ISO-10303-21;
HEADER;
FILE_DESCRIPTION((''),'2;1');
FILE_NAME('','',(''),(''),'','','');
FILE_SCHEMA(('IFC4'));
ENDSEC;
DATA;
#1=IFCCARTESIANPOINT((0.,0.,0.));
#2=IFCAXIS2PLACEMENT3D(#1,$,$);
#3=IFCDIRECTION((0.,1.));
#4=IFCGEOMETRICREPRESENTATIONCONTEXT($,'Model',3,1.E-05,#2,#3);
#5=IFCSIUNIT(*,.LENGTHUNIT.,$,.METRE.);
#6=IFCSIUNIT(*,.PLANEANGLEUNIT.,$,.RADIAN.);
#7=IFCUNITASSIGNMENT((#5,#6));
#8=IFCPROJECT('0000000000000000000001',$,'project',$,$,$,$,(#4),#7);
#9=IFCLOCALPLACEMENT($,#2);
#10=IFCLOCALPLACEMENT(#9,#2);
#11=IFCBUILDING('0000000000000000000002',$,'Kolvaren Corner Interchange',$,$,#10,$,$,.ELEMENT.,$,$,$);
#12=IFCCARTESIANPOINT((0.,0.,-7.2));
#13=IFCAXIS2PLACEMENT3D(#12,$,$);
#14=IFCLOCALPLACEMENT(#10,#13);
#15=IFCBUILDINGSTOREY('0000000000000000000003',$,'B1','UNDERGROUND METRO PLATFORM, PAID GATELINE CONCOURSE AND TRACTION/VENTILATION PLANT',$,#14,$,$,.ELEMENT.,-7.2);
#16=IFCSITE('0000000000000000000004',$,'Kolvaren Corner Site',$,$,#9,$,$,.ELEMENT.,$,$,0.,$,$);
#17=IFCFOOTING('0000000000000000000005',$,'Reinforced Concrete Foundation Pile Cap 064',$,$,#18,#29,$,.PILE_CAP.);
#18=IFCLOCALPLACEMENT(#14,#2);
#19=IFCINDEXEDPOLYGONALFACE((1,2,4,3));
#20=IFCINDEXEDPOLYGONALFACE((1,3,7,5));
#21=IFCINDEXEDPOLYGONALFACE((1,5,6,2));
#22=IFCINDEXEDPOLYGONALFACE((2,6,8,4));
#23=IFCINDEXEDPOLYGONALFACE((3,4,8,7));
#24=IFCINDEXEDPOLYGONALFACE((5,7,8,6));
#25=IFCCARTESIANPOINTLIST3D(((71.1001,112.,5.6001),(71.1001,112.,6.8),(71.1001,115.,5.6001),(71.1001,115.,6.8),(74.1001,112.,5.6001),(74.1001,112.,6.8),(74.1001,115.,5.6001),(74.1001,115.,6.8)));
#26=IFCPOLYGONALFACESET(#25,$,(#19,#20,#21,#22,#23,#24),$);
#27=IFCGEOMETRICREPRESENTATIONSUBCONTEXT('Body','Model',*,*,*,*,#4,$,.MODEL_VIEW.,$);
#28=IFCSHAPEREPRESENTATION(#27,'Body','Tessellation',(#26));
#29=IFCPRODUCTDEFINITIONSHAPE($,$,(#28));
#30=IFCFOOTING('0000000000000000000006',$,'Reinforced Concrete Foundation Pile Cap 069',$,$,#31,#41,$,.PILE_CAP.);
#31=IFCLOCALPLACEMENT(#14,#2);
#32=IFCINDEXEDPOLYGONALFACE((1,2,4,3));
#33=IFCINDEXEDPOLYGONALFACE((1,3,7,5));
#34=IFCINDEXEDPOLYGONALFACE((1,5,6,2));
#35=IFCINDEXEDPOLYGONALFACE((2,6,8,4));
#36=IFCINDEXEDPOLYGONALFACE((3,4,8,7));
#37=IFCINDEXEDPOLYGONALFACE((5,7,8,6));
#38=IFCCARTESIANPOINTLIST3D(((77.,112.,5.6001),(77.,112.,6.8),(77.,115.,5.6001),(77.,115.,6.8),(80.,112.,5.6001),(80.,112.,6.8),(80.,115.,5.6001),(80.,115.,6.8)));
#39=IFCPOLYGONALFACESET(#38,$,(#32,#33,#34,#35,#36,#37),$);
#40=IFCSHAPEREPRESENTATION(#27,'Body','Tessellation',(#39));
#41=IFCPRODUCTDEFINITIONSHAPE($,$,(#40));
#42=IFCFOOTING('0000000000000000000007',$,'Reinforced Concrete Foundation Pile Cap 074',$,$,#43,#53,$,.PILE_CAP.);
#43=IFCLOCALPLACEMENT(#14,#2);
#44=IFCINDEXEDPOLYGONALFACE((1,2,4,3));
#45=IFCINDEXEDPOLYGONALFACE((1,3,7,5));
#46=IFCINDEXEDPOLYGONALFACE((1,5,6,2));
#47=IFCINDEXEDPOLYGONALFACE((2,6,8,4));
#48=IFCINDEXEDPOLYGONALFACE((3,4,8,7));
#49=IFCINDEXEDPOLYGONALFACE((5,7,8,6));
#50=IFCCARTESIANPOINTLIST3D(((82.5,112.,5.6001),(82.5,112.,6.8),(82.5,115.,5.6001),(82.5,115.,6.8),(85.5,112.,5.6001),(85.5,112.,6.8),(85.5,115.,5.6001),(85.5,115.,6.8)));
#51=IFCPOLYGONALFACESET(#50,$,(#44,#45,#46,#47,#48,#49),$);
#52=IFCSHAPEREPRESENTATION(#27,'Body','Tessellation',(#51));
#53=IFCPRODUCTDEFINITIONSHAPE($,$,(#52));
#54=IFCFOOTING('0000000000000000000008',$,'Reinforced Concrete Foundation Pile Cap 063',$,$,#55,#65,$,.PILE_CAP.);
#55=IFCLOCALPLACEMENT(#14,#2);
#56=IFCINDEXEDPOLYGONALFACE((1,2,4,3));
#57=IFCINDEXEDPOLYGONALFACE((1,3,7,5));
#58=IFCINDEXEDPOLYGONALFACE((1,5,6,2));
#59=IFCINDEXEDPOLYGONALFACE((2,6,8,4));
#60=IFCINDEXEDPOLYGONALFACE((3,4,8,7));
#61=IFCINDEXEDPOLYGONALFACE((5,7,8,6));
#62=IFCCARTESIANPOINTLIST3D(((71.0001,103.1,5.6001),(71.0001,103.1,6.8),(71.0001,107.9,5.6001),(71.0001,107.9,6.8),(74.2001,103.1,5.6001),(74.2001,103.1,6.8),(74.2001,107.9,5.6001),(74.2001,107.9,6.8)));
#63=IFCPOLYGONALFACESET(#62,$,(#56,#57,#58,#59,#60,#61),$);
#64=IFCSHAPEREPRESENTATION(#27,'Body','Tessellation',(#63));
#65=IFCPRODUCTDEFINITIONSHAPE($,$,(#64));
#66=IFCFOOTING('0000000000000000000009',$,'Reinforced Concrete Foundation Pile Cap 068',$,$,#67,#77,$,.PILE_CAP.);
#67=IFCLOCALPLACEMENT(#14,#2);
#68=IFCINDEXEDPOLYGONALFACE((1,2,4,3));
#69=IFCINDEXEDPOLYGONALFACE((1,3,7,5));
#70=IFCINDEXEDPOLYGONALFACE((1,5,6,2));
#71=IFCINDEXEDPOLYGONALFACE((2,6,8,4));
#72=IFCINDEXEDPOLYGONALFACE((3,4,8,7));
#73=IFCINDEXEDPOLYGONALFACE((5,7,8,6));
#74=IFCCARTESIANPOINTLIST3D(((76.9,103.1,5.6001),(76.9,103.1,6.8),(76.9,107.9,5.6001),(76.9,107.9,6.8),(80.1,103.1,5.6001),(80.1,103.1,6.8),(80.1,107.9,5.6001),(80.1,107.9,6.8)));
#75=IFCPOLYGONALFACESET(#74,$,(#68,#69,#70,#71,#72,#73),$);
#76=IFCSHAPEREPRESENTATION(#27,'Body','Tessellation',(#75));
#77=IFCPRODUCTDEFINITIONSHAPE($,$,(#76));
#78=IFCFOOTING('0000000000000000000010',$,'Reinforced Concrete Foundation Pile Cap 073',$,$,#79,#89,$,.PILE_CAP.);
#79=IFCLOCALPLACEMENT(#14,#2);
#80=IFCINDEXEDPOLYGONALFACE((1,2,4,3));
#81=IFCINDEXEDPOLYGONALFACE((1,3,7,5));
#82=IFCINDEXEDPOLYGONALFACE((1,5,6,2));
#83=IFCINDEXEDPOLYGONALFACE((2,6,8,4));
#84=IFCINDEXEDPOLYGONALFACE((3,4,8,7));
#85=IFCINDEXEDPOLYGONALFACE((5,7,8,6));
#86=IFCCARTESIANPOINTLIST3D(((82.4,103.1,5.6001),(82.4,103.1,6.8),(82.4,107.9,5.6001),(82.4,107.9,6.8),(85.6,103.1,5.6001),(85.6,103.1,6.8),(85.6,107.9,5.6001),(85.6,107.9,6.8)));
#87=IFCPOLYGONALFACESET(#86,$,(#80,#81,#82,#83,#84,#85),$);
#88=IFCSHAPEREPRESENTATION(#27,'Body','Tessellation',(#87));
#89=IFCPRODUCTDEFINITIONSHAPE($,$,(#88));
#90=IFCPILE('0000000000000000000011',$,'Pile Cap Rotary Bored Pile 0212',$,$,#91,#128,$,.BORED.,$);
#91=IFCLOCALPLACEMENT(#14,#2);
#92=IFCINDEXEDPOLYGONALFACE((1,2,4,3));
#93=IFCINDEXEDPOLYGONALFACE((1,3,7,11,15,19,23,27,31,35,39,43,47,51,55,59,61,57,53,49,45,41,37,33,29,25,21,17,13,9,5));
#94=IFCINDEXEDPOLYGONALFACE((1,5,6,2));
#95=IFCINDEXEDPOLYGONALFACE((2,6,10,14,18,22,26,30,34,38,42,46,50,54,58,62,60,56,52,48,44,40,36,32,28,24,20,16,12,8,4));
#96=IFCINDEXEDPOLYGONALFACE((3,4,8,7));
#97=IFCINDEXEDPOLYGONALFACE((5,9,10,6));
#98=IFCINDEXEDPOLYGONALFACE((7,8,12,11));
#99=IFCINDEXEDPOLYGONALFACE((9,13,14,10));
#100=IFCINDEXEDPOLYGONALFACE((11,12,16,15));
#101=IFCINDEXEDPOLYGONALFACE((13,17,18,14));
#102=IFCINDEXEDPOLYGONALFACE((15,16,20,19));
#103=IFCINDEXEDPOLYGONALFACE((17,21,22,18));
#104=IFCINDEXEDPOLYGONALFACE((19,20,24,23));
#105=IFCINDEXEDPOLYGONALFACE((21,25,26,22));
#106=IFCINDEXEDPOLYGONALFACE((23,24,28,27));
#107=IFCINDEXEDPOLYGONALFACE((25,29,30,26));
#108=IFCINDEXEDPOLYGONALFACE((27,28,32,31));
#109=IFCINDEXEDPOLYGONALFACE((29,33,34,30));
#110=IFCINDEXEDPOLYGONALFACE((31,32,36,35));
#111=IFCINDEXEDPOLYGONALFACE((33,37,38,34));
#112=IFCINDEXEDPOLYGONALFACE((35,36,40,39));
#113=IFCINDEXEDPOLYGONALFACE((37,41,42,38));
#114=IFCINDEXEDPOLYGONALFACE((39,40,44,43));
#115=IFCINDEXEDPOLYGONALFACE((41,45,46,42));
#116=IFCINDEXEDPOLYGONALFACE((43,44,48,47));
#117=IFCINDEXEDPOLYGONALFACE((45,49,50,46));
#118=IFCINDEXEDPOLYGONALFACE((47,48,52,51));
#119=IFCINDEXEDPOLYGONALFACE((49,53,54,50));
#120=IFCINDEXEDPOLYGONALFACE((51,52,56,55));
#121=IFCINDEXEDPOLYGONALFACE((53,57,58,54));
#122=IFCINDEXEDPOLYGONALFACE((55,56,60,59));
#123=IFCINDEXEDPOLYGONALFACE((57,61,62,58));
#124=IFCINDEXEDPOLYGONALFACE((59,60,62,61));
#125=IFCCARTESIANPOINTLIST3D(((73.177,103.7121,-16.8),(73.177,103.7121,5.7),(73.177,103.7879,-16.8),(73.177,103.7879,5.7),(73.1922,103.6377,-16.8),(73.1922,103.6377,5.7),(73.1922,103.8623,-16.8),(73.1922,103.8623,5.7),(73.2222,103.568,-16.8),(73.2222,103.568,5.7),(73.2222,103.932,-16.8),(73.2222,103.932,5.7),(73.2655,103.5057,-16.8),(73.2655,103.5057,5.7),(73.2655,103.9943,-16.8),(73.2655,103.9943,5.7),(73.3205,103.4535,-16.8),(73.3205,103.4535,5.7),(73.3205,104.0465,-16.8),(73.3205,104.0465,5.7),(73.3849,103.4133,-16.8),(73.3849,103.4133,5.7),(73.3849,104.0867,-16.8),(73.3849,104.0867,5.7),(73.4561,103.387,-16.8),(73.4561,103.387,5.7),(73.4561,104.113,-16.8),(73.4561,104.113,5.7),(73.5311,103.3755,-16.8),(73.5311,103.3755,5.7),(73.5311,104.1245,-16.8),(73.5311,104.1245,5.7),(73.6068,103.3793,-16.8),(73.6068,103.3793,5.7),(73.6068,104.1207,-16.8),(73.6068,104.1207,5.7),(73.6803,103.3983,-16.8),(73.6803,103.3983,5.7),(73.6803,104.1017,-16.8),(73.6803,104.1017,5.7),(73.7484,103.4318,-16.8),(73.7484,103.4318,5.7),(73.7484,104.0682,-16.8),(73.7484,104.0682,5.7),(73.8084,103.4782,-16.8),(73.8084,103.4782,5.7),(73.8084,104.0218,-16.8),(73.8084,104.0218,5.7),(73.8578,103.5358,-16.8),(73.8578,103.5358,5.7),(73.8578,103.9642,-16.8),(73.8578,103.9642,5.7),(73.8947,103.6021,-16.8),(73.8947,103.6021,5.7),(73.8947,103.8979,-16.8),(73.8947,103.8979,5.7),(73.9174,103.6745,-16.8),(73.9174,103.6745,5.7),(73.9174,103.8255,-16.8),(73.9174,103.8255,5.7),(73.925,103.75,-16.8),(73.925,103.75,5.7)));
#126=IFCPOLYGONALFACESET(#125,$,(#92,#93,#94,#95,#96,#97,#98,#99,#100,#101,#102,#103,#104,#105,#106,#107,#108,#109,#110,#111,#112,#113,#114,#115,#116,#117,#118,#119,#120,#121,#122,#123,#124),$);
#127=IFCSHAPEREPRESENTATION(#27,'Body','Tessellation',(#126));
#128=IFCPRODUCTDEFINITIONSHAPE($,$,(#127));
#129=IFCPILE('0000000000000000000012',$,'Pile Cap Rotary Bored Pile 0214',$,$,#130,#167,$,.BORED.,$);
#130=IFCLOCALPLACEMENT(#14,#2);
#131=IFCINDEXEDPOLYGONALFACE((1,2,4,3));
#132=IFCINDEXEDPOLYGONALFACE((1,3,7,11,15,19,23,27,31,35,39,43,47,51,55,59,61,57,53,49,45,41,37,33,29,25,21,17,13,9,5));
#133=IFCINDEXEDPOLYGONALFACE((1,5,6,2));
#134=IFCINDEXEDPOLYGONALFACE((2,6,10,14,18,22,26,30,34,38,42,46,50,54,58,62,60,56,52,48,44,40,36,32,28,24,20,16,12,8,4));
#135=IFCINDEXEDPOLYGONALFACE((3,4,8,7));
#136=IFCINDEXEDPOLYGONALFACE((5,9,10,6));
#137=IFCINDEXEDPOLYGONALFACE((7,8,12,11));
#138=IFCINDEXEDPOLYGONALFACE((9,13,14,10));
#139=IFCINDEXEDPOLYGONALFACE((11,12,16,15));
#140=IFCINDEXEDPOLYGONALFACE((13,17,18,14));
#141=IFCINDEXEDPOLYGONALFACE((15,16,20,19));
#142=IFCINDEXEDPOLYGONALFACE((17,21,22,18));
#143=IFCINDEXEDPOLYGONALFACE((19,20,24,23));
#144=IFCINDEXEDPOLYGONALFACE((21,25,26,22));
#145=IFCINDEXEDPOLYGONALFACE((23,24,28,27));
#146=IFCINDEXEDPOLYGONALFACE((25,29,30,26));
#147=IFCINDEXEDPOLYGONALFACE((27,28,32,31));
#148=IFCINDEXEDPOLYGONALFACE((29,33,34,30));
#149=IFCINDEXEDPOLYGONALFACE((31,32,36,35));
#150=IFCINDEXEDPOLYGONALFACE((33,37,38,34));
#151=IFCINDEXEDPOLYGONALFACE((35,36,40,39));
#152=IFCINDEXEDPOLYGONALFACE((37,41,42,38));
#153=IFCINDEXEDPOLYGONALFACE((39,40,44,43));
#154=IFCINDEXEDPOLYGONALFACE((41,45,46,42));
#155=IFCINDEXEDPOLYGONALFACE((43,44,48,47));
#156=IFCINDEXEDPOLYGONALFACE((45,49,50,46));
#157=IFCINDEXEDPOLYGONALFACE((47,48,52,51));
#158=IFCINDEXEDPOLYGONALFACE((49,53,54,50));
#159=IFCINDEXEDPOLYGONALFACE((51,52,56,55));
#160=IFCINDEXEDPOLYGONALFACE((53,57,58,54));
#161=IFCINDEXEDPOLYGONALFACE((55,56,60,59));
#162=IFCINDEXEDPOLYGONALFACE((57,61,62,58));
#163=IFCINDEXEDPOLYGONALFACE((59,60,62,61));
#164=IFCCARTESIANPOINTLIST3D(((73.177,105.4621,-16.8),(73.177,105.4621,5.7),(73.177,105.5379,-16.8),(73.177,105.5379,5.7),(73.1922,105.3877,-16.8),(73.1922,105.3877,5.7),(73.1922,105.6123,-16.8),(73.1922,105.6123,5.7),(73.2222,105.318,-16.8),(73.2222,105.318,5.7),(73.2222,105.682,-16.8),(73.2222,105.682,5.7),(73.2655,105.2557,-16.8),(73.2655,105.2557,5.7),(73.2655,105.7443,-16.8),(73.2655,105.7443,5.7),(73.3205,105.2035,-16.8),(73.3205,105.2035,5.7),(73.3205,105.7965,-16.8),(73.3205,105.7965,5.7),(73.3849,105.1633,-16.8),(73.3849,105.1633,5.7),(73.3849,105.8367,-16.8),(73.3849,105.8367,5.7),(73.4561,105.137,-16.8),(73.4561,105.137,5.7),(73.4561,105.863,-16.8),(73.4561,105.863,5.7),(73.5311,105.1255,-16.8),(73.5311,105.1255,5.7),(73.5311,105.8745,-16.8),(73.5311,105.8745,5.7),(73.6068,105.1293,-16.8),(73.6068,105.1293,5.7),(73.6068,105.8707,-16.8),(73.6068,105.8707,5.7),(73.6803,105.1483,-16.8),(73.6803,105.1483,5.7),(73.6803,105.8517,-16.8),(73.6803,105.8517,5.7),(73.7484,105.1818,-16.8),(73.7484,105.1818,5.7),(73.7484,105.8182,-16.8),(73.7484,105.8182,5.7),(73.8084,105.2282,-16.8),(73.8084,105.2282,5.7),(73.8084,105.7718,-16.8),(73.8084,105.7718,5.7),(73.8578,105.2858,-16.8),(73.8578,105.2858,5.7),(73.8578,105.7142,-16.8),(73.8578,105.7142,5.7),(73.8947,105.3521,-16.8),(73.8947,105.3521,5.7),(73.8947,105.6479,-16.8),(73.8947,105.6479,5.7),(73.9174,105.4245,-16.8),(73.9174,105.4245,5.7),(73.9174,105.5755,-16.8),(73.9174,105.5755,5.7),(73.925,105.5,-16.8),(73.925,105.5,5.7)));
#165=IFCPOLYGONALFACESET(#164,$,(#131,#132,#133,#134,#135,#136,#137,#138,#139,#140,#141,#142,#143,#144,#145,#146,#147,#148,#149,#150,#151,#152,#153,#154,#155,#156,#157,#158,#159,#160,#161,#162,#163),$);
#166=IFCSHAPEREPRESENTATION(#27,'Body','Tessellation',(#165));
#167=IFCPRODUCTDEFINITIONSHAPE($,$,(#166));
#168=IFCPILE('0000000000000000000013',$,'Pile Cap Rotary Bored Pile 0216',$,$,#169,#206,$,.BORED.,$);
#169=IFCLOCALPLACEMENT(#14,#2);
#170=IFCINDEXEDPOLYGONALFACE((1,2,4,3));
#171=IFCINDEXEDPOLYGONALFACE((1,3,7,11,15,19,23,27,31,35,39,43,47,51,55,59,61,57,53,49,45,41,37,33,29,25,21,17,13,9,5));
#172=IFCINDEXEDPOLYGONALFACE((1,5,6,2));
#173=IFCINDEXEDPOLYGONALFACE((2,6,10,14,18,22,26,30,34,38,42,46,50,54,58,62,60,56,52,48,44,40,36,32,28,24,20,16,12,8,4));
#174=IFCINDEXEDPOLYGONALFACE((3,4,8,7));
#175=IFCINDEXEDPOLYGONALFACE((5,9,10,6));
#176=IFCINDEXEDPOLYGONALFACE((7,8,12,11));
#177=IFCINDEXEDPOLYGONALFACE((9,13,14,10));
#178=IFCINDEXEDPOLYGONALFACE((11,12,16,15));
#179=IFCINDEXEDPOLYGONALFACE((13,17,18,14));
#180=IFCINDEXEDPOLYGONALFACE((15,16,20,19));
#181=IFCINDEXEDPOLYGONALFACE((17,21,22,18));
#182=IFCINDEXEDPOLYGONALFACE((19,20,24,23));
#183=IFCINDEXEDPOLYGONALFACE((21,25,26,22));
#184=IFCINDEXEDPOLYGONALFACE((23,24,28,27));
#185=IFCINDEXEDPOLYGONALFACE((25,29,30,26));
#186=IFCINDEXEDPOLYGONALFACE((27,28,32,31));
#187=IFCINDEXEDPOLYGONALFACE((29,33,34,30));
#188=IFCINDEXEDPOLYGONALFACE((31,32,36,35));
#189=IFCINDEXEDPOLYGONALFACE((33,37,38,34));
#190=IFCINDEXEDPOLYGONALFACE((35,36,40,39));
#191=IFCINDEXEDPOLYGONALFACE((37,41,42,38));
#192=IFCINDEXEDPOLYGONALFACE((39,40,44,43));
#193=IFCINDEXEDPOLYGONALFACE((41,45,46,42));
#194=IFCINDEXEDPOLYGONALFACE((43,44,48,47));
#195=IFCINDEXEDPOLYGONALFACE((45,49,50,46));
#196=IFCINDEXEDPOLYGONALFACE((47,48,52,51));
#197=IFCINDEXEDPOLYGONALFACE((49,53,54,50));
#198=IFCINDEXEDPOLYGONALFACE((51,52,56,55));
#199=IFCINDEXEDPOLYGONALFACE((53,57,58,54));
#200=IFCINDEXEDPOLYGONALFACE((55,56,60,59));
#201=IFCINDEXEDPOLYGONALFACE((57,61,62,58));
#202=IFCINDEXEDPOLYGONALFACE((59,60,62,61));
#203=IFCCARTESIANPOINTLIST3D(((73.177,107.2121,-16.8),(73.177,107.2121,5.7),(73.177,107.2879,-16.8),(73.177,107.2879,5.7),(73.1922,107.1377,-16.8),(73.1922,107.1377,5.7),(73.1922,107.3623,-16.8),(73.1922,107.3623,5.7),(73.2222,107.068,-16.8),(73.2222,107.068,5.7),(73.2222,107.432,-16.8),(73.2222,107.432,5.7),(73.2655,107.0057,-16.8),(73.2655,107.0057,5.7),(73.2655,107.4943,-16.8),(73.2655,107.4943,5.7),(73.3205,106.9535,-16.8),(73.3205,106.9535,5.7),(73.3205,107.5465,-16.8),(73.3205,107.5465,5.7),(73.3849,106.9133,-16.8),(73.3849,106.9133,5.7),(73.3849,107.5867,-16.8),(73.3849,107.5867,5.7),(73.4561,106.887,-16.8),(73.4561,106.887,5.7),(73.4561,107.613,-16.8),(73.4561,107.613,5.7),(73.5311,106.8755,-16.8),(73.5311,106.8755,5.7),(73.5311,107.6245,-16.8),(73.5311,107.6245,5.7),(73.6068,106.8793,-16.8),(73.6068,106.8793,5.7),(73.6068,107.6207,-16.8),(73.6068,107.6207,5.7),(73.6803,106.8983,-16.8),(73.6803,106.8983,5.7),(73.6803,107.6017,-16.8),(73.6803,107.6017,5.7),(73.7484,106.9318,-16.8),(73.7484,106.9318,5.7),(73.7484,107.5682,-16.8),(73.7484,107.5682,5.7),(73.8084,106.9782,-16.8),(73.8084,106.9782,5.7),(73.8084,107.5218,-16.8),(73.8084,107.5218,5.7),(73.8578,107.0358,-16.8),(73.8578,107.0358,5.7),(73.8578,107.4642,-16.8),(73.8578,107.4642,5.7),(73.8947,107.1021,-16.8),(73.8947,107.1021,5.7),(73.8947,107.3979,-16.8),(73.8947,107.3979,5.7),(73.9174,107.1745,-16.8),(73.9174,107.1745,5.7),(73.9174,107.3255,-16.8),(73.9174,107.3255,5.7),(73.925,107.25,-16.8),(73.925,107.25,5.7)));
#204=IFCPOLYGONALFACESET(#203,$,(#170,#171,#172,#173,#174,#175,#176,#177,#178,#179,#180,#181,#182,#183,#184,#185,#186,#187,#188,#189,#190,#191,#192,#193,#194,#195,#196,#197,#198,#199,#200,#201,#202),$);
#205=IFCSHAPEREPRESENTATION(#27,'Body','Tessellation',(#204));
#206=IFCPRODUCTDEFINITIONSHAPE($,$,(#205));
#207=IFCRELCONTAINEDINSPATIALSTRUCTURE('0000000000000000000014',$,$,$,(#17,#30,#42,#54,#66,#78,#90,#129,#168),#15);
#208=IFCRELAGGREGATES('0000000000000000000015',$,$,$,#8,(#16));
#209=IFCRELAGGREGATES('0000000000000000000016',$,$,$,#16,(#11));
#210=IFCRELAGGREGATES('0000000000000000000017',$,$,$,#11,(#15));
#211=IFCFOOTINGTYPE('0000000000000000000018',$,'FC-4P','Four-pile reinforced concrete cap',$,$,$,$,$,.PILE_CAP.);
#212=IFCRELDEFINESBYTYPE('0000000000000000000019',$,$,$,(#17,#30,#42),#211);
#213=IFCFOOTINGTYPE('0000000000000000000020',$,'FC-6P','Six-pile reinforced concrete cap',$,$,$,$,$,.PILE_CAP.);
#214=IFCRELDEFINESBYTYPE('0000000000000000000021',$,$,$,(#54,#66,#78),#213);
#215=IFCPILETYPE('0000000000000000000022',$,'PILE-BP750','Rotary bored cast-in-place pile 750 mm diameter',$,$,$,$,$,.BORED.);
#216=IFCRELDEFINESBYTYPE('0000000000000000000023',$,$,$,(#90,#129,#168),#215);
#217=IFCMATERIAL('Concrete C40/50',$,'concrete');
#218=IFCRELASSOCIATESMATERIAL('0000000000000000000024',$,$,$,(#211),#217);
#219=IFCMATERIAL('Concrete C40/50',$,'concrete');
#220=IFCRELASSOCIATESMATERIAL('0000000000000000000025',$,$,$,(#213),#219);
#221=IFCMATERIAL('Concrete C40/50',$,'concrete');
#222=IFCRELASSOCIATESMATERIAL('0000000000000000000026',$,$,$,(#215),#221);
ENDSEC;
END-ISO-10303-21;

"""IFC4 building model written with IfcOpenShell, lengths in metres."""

from ifc_helpers import new_model, si_unit, direction, frame, origin, origin_2d, place, context, subcontext, project, spatial, rectangle, circle, extrude, material, material_profile, profile_set, type_object, element, save


model = new_model("IFC4")

# Units and contexts
model_context = context("Model", 3, precision=1e-05, world=origin(), true_north=direction((0.0, 1.0)))
body_context = subcontext(model_context, "Body", "Model", "MODEL_VIEW")
ifc_project = project(units=[si_unit("LENGTHUNIT", "METRE"), si_unit("PLANEANGLEUNIT", "RADIAN")], contexts=[model_context])

# Site, building, storey
site_placement = place(None, origin())
site = spatial("IfcSite", under=ifc_project, at=site_placement, Name="Kolvaren Corner Site", CompositionType="ELEMENT", RefElevation=0.0)
building_placement = place(site_placement, origin())
building = spatial("IfcBuilding", under=site, at=building_placement, Name="Kolvaren Corner Interchange", CompositionType="ELEMENT")
storey_placement = place(building_placement, frame((0.0, 0.0, -7.2)))
storey = spatial("IfcBuildingStorey", under=building, at=storey_placement, Name="B1", Description="UNDERGROUND METRO PLATFORM, PAID GATELINE CONCOURSE AND TRACTION/VENTILATION PLANT", CompositionType="ELEMENT", Elevation=-7.2)

# Footings
ifc_material_1 = material(Name="Concrete C40/50", Category="concrete")
footing_type_1 = type_object("IfcFootingType", Name="FC-4P", Description="Four-pile reinforced concrete cap", PredefinedType="PILE_CAP", material=ifc_material_1)
for number, where, z_axis, x_axis, name in (
    (1, (72.6001, 113.5, 5.6001), (0.0, 0.0, 1.0), (1.0, 0.0, 0.0), "Reinforced Concrete Foundation Pile Cap 064"),
    (2, (78.5, 113.5, 5.6001), (0.0, 0.0, 1.0), (1.0, 0.0, 0.0), "Reinforced Concrete Foundation Pile Cap 069"),
    (3, (84.0, 113.5, 5.6001), (0.0, 0.0, 1.0), (1.0, 0.0, 0.0), "Reinforced Concrete Foundation Pile Cap 074"),
):
    element("IfcFooting", number, at=place(storey_placement, frame(where, z_axis=z_axis, x_axis=x_axis)), inside=storey, type_object=footing_type_1, Name=name, PredefinedType="PILE_CAP", context=body_context, shape_type="SweptSolid", body=[
        extrude(rectangle(XDim=3.0, YDim=3.0, at=origin_2d()), origin(), (0.0, 0.0, 1.0), 1.2),
    ])
ifc_material_2 = material(Name="Concrete C40/50", Category="concrete")
footing_type_2 = type_object("IfcFootingType", Name="FC-6P", Description="Six-pile reinforced concrete cap", PredefinedType="PILE_CAP", material=ifc_material_2)
for number, where, z_axis, x_axis, name in (
    (4, (72.6001, 105.5, 5.6001), (0.0, 0.0, 1.0), (1.0, 0.0, 0.0), "Reinforced Concrete Foundation Pile Cap 063"),
    (5, (78.5, 105.5, 5.6001), (0.0, 0.0, 1.0), (1.0, 0.0, 0.0), "Reinforced Concrete Foundation Pile Cap 068"),
    (6, (84.0, 105.5, 5.6001), (0.0, 0.0, 1.0), (1.0, 0.0, 0.0), "Reinforced Concrete Foundation Pile Cap 073"),
):
    element("IfcFooting", number, at=place(storey_placement, frame(where, z_axis=z_axis, x_axis=x_axis)), inside=storey, type_object=footing_type_2, Name=name, PredefinedType="PILE_CAP", context=body_context, shape_type="SweptSolid", body=[
        extrude(rectangle(XDim=3.2, YDim=4.8, at=origin_2d()), origin(), (0.0, 0.0, 1.0), 1.2),
    ])

# Piles
ifc_material_3 = material(Name="Concrete C40/50", Category="concrete")
ifc_material_profile = material_profile(ifc_material_3, circle(Radius=0.375, at=origin_2d()), Name="BORED PILE 750")
ifc_profile_set = profile_set([ifc_material_profile], Name="Concrete C40/50")
pile_type = type_object("IfcPileType", Name="PILE-BP750", Description="Rotary bored cast-in-place pile 750 mm diameter", PredefinedType="BORED", material=ifc_profile_set)
for number, where, z_axis, x_axis, name in (
    (7, (73.55, 103.75, 5.7), (0.0, 0.0, -1.0), (1.0, 0.0, 0.0), "Pile Cap Rotary Bored Pile 0212"),
    (8, (73.55, 105.5, 5.7), (0.0, 0.0, -1.0), (1.0, 0.0, 0.0), "Pile Cap Rotary Bored Pile 0214"),
    (9, (73.55, 107.25, 5.7), (0.0, 0.0, -1.0), (1.0, 0.0, 0.0), "Pile Cap Rotary Bored Pile 0216"),
):
    element("IfcPile", number, at=place(storey_placement, frame(where, z_axis=z_axis, x_axis=x_axis)), inside=storey, type_object=pile_type, Name=name, PredefinedType="BORED", context=body_context, shape_type="SweptSolid", body=[
        extrude(circle(Radius=0.375, at=origin_2d()), origin(), (0.0, 0.0, 1.0), 22.5),
    ])

save(model, "model.ifc")
